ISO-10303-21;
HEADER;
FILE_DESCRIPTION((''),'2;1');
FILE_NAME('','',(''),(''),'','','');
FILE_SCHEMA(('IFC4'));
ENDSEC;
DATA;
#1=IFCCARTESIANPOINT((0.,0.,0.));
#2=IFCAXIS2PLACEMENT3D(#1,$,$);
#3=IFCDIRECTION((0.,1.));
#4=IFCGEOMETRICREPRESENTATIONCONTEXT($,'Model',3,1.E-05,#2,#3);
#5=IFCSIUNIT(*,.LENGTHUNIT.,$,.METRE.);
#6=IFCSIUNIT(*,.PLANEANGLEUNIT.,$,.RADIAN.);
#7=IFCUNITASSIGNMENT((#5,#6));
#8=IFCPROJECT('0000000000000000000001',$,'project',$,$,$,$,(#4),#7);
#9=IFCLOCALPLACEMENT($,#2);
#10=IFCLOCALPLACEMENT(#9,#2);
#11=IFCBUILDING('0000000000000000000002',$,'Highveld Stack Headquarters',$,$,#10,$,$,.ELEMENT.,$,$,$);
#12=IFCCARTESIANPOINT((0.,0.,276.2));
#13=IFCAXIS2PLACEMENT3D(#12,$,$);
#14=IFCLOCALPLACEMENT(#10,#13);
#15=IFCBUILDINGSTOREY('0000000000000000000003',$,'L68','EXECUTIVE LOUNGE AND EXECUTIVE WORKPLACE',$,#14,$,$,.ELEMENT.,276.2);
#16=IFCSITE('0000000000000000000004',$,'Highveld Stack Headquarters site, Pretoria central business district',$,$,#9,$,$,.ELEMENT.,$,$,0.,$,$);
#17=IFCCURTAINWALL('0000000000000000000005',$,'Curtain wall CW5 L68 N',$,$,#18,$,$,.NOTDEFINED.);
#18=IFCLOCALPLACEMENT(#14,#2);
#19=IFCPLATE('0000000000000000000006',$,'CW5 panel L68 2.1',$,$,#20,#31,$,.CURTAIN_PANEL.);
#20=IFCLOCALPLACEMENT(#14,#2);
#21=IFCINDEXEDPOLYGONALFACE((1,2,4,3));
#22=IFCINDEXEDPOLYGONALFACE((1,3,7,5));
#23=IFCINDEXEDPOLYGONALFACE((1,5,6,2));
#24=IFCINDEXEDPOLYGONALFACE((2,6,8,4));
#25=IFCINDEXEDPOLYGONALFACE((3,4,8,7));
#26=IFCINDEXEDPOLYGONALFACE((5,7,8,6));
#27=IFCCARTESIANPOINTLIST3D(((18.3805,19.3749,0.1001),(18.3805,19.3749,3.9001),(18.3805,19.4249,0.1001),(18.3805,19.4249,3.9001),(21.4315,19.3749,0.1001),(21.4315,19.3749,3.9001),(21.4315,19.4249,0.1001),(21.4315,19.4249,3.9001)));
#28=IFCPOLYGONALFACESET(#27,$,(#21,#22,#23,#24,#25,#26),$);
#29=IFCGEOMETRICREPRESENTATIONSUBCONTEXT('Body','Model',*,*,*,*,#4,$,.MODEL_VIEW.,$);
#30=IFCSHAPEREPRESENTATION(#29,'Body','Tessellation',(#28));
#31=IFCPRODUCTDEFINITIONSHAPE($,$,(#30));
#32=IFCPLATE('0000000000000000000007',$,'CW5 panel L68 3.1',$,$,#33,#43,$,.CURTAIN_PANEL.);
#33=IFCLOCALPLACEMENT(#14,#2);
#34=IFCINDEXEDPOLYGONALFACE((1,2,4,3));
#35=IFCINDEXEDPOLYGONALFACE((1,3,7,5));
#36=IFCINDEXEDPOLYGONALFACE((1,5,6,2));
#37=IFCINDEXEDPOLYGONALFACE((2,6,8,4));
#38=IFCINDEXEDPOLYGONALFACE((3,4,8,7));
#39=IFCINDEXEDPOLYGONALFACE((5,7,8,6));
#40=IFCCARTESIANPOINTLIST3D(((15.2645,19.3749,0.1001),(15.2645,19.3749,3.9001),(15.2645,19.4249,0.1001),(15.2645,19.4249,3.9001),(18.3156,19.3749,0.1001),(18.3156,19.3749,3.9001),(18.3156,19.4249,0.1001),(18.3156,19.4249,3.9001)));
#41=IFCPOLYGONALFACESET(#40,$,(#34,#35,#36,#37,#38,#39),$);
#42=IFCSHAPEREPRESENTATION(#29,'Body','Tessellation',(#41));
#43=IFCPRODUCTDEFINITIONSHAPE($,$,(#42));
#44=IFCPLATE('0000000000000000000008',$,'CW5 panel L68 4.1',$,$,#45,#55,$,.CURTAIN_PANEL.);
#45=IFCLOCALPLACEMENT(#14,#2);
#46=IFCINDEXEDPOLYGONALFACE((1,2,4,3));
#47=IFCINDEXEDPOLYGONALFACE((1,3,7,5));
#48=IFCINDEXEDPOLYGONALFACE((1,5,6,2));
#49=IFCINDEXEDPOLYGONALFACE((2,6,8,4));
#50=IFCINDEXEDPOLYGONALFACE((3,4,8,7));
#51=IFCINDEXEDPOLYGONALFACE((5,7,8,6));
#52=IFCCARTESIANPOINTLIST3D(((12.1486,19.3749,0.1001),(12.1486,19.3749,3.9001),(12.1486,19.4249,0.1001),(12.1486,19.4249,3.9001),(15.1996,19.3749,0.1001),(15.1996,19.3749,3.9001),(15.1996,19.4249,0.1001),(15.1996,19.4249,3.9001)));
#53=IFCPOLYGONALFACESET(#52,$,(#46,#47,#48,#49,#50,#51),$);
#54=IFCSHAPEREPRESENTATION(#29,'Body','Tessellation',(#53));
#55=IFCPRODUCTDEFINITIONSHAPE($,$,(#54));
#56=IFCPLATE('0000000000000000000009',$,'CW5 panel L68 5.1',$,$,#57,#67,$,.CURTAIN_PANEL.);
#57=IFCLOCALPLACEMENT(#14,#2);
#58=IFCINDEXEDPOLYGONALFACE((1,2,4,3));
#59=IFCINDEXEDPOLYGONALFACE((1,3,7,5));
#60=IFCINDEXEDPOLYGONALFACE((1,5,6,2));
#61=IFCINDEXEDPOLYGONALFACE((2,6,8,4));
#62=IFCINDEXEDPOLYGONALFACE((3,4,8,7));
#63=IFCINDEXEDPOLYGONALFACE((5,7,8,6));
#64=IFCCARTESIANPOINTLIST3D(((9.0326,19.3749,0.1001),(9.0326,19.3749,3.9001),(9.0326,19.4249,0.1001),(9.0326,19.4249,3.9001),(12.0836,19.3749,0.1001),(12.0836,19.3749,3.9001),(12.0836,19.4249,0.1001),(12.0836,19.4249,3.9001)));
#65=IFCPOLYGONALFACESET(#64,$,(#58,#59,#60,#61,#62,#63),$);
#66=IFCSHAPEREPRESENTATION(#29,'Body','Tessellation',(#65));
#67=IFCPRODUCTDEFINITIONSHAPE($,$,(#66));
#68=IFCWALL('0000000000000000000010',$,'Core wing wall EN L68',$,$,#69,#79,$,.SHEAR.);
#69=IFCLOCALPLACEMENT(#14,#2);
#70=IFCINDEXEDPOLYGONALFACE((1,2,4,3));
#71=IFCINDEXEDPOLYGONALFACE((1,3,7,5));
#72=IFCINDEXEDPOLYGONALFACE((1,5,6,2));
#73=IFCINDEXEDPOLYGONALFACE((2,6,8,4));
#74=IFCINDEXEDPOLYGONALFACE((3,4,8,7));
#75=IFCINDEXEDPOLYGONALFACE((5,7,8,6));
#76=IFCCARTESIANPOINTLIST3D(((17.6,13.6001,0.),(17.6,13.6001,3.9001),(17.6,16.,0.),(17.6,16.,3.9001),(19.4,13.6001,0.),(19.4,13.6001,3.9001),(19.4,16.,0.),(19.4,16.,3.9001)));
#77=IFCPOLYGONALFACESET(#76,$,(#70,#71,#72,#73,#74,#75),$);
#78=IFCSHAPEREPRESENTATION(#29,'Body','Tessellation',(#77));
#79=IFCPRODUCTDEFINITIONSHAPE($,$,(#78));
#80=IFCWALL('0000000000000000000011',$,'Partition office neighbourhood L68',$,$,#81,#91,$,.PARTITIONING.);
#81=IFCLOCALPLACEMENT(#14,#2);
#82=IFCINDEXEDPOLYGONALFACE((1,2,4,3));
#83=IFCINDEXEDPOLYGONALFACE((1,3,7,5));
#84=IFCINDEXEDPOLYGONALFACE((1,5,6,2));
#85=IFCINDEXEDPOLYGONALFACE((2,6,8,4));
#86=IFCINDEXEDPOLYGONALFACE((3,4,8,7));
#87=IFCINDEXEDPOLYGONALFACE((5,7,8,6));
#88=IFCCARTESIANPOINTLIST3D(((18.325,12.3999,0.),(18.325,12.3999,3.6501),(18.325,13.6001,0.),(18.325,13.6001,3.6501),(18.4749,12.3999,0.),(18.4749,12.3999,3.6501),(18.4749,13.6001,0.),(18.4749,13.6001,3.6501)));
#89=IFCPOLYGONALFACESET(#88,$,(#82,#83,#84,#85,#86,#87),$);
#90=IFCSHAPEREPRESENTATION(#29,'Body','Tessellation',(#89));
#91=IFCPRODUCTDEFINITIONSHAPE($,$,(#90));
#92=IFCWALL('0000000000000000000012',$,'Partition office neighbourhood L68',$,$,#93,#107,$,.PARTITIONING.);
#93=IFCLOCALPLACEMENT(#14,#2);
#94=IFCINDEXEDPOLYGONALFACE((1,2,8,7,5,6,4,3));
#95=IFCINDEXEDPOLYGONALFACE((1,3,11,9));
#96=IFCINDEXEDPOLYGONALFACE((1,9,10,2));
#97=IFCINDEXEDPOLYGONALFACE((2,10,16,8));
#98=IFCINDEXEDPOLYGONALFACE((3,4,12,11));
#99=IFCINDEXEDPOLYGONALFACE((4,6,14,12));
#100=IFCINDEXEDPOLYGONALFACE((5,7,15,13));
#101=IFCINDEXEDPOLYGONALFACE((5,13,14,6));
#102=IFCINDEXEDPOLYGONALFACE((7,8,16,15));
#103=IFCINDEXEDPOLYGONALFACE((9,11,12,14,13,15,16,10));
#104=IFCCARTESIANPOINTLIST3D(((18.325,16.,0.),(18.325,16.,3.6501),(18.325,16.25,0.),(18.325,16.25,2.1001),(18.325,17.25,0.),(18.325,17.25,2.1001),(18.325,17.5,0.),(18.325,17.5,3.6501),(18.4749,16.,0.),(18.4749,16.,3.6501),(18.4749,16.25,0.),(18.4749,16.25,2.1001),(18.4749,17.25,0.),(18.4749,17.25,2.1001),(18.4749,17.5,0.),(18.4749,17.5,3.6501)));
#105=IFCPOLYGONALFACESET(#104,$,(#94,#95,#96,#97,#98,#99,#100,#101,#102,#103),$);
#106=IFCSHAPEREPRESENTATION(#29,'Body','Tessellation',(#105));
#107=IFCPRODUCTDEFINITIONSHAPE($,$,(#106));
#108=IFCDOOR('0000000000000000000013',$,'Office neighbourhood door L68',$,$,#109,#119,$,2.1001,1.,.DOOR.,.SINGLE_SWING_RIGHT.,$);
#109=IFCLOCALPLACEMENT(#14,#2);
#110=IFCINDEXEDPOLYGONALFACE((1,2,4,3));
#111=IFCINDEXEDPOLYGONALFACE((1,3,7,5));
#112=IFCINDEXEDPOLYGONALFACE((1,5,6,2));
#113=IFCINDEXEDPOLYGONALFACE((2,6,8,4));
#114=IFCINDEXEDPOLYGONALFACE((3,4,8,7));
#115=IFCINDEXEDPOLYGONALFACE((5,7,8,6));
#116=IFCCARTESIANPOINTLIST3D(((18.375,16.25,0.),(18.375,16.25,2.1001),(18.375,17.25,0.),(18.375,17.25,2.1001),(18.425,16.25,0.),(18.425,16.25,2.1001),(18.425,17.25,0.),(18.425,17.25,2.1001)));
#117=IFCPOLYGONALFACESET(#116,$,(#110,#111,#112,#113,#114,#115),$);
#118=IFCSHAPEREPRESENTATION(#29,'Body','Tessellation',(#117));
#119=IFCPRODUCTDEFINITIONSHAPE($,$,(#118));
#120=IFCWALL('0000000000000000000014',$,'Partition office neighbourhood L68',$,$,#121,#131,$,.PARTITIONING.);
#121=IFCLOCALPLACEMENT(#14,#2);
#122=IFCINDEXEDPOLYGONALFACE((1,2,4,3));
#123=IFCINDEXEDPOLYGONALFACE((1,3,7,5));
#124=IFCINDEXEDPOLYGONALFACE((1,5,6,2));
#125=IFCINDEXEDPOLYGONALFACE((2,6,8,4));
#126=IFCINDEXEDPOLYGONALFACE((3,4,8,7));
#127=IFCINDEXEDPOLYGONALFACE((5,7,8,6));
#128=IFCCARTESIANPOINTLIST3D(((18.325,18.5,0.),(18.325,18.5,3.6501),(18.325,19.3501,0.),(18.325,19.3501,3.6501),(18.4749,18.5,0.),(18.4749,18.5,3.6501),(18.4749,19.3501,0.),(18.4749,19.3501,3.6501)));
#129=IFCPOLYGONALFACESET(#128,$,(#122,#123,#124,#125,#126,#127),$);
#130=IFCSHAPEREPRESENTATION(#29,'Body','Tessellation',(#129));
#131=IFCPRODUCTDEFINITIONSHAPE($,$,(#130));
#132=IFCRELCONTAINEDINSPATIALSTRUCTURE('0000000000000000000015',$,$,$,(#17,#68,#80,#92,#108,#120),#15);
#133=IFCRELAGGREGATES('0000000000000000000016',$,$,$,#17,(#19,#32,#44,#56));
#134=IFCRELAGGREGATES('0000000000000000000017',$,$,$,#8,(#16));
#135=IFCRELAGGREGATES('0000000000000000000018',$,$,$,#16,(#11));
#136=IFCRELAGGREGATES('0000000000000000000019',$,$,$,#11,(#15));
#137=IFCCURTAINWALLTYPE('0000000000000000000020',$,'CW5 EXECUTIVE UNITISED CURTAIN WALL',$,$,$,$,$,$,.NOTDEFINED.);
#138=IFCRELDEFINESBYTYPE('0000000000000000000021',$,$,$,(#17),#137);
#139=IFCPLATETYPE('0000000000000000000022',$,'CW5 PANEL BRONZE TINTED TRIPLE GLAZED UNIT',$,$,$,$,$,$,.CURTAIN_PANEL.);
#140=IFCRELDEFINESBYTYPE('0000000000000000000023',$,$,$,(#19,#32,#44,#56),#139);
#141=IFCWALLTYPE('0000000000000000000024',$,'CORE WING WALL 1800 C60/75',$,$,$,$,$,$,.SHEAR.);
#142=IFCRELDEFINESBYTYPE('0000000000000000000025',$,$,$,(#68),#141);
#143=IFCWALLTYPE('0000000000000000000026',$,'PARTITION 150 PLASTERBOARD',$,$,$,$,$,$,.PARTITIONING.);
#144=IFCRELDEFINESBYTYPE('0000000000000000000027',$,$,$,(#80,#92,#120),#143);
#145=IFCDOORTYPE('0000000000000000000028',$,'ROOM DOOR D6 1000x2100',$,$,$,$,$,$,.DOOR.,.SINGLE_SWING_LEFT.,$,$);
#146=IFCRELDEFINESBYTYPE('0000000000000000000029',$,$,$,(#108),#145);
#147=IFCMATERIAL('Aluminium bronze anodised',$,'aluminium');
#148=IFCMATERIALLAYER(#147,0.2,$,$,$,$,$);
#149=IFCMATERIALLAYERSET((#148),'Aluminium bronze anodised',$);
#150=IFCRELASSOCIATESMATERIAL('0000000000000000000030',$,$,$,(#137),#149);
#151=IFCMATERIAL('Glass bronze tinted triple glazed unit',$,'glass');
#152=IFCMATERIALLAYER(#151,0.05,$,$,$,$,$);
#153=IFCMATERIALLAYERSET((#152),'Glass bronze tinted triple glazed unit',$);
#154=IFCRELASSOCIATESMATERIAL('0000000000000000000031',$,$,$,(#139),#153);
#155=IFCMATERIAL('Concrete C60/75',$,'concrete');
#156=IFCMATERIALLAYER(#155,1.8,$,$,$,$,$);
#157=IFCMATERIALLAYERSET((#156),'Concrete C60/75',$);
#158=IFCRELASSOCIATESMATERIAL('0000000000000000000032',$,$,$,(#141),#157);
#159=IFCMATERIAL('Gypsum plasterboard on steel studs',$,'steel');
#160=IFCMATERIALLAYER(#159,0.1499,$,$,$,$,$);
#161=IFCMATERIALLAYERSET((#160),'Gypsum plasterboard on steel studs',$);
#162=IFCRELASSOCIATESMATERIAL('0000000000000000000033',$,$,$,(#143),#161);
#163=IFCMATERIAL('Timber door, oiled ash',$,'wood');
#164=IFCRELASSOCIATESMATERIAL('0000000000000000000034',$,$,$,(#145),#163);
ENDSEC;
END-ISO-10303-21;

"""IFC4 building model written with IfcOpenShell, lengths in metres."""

from ifc_helpers import new_model, si_unit, direction, frame, frame_2d, origin, origin_2d, place, context, subcontext, project, spatial, rectangle, extrude, material, layer, layer_set, type_object, element, fill, aggregate, save


model = new_model("IFC4")

# Units and contexts
model_context = context("Model", 3, precision=1e-05, world=origin(), true_north=direction((0.0, 1.0)))
body_context = subcontext(model_context, "Body", "Model", "MODEL_VIEW")
ifc_project = project(units=[si_unit("LENGTHUNIT", "METRE"), si_unit("PLANEANGLEUNIT", "RADIAN")], contexts=[model_context])

# Site, building, storey
site_placement = place(None, origin())
site = spatial("IfcSite", under=ifc_project, at=site_placement, Name="Highveld Stack Headquarters site, Pretoria central business district", CompositionType="ELEMENT", RefElevation=0.0)
building_placement = place(site_placement, origin())
building = spatial("IfcBuilding", under=site, at=building_placement, Name="Highveld Stack Headquarters", CompositionType="ELEMENT")
storey_placement = place(building_placement, frame((0.0, 0.0, 276.2)))
storey = spatial("IfcBuildingStorey", under=building, at=storey_placement, Name="L68", Description="EXECUTIVE LOUNGE AND EXECUTIVE WORKPLACE", CompositionType="ELEMENT", Elevation=276.2)

# Curtain wall, plates
ifc_material_1 = material(Name="Aluminium bronze anodised", Category="aluminium")
ifc_layer_1 = layer(ifc_material_1, 0.2)
ifc_layer_set_1 = layer_set([ifc_layer_1], Name="Aluminium bronze anodised")
curtain_wall_type = type_object("IfcCurtainWallType", Name="CW5 EXECUTIVE UNITISED CURTAIN WALL", PredefinedType="NOTDEFINED", material=ifc_layer_set_1)
curtain_wall_placement = place(storey_placement, origin())
curtain_wall = element("IfcCurtainWall", 1, at=curtain_wall_placement, inside=storey, type_object=curtain_wall_type, Name="Curtain wall CW5 L68 N", PredefinedType="NOTDEFINED")
ifc_material_2 = material(Name="Glass bronze tinted triple glazed unit", Category="glass")
ifc_layer_2 = layer(ifc_material_2, 0.05)
ifc_layer_set_2 = layer_set([ifc_layer_2], Name="Glass bronze tinted triple glazed unit")
plate_type = type_object("IfcPlateType", Name="CW5 PANEL BRONZE TINTED TRIPLE GLAZED UNIT", PredefinedType="CURTAIN_PANEL", material=ifc_layer_set_2)
plate_1_placement = place(storey_placement, frame((19.906, 19.3999, 0.1001), z_axis=(0.0, 0.0, 1.0), x_axis=(-1.0, 0.0, 0.0)))
plate_1 = element("IfcPlate", 2, at=plate_1_placement, type_object=plate_type, Name="CW5 panel L68 2.1", PredefinedType="CURTAIN_PANEL", context=body_context, shape_type="SweptSolid", body=[
    extrude(rectangle(XDim=3.051, YDim=0.05, at=origin_2d()), origin(), (0.0, 0.0, 1.0), 3.8),
])
plate_2_placement = place(storey_placement, frame((16.79, 19.3999, 0.1001), z_axis=(0.0, 0.0, 1.0), x_axis=(-1.0, 0.0, 0.0)))
plate_2 = element("IfcPlate", 3, at=plate_2_placement, type_object=plate_type, Name="CW5 panel L68 3.1", PredefinedType="CURTAIN_PANEL", context=body_context, shape_type="SweptSolid", body=[
    extrude(rectangle(XDim=3.051, YDim=0.05, at=origin_2d()), origin(), (0.0, 0.0, 1.0), 3.8),
])
plate_3_placement = place(storey_placement, frame((13.6741, 19.3999, 0.1001), z_axis=(0.0, 0.0, 1.0), x_axis=(-1.0, 0.0, 0.0)))
plate_3 = element("IfcPlate", 4, at=plate_3_placement, type_object=plate_type, Name="CW5 panel L68 4.1", PredefinedType="CURTAIN_PANEL", context=body_context, shape_type="SweptSolid", body=[
    extrude(rectangle(XDim=3.051, YDim=0.05, at=origin_2d()), origin(), (0.0, 0.0, 1.0), 3.8),
])
plate_4_placement = place(storey_placement, frame((10.5581, 19.3999, 0.1001), z_axis=(0.0, 0.0, 1.0), x_axis=(-1.0, 0.0, 0.0)))
plate_4 = element("IfcPlate", 5, at=plate_4_placement, type_object=plate_type, Name="CW5 panel L68 5.1", PredefinedType="CURTAIN_PANEL", context=body_context, shape_type="SweptSolid", body=[
    extrude(rectangle(XDim=3.051, YDim=0.05, at=origin_2d()), origin(), (0.0, 0.0, 1.0), 3.8),
])
aggregate(curtain_wall, [plate_1, plate_2, plate_3, plate_4])

# Walls
ifc_material_3 = material(Name="Concrete C60/75", Category="concrete")
ifc_layer_3 = layer(ifc_material_3, 1.8)
ifc_layer_set_3 = layer_set([ifc_layer_3], Name="Concrete C60/75")
wall_type_1 = type_object("IfcWallType", Name="CORE WING WALL 1800 C60/75", PredefinedType="SHEAR", material=ifc_layer_set_3)
wall_1_placement = place(storey_placement, frame((18.5, 13.6001, 0.0), z_axis=(0.0, 0.0, 1.0), x_axis=(0.0, 1.0, 0.0)))
element("IfcWall", 6, at=wall_1_placement, inside=storey, type_object=wall_type_1, Name="Core wing wall EN L68", PredefinedType="SHEAR", context=body_context, shape_type="SweptSolid", body=[
    extrude(rectangle(XDim=2.3999, YDim=1.8, at=frame_2d((1.2, 0.0))), origin(), (0.0, 0.0, 1.0), 3.9001),
])
ifc_material_4 = material(Name="Gypsum plasterboard on steel studs", Category="steel")
ifc_layer_4 = layer(ifc_material_4, 0.1499)
ifc_layer_set_4 = layer_set([ifc_layer_4], Name="Gypsum plasterboard on steel studs")
wall_type_2 = type_object("IfcWallType", Name="PARTITION 150 PLASTERBOARD", PredefinedType="PARTITIONING", material=ifc_layer_set_4)
wall_2_placement = place(storey_placement, frame((18.3999, 12.3999, 0.0), z_axis=(0.0, 0.0, 1.0), x_axis=(0.0, 1.0, 0.0)))
element("IfcWall", 7, at=wall_2_placement, inside=storey, type_object=wall_type_2, Name="Partition office neighbourhood L68", PredefinedType="PARTITIONING", context=body_context, shape_type="SweptSolid", body=[
    extrude(rectangle(XDim=1.2002, YDim=0.1499, at=frame_2d((0.6001, 0.0))), origin(), (0.0, 0.0, 1.0), 3.6501),
])

# Wall, opening, door
wall_3_placement = place(storey_placement, frame((18.3999, 16.0, 0.0), z_axis=(0.0, 0.0, 1.0), x_axis=(0.0, 1.0, 0.0)))
wall_3 = element("IfcWall", 8, at=wall_3_placement, inside=storey, type_object=wall_type_2, Name="Partition office neighbourhood L68", PredefinedType="PARTITIONING", context=body_context, shape_type="SweptSolid", body=[
    extrude(rectangle(XDim=1.5, YDim=0.1499, at=frame_2d((0.75, 0.0))), origin(), (0.0, 0.0, 1.0), 3.6501),
])
opening_placement = place(wall_3_placement, frame((0.25, 0.0, 0.0)))
opening = element("IfcOpeningElement", 9, at=opening_placement, cuts=wall_3, PredefinedType="OPENING", context=body_context, shape_type="SweptSolid", body=[
    extrude(rectangle(XDim=1.0, YDim=2.1001, at=frame_2d((0.5, 1.05))), frame((0.0, 0.085, 0.0), z_axis=(0.0, -1.0, 0.0), x_axis=(1.0, 0.0, 0.0)), (0.0, 0.0, 1.0), 0.1699),
])
ifc_material_5 = material(Name="Timber door, oiled ash", Category="wood")
door_type = type_object("IfcDoorType", Name="ROOM DOOR D6 1000x2100", OperationType="SINGLE_SWING_LEFT", PredefinedType="DOOR", material=ifc_material_5)
door_placement = place(opening_placement, origin())
door = element("IfcDoor", 10, at=door_placement, inside=storey, type_object=door_type, Name="Office neighbourhood door L68", OperationType="SINGLE_SWING_RIGHT", OverallHeight=2.1001, OverallWidth=1.0, PredefinedType="DOOR", context=body_context, shape_type="SweptSolid", body=[
    extrude(rectangle(XDim=1.0, YDim=2.1001, at=frame_2d((0.5, 1.05))), frame((0.0, 0.0249, 0.0), z_axis=(0.0, -1.0, 0.0), x_axis=(1.0, 0.0, 0.0)), (0.0, 0.0, 1.0), 0.05),
])
fill(opening, door)

# Wall
wall_4_placement = place(storey_placement, frame((18.3999, 18.5, 0.0), z_axis=(0.0, 0.0, 1.0), x_axis=(0.0, 1.0, 0.0)))
element("IfcWall", 11, at=wall_4_placement, inside=storey, type_object=wall_type_2, Name="Partition office neighbourhood L68", PredefinedType="PARTITIONING", context=body_context, shape_type="SweptSolid", body=[
    extrude(rectangle(XDim=0.8501, YDim=0.1499, at=frame_2d((0.425, 0.0))), origin(), (0.0, 0.0, 1.0), 3.6501),
])

save(model, "model.ifc")
